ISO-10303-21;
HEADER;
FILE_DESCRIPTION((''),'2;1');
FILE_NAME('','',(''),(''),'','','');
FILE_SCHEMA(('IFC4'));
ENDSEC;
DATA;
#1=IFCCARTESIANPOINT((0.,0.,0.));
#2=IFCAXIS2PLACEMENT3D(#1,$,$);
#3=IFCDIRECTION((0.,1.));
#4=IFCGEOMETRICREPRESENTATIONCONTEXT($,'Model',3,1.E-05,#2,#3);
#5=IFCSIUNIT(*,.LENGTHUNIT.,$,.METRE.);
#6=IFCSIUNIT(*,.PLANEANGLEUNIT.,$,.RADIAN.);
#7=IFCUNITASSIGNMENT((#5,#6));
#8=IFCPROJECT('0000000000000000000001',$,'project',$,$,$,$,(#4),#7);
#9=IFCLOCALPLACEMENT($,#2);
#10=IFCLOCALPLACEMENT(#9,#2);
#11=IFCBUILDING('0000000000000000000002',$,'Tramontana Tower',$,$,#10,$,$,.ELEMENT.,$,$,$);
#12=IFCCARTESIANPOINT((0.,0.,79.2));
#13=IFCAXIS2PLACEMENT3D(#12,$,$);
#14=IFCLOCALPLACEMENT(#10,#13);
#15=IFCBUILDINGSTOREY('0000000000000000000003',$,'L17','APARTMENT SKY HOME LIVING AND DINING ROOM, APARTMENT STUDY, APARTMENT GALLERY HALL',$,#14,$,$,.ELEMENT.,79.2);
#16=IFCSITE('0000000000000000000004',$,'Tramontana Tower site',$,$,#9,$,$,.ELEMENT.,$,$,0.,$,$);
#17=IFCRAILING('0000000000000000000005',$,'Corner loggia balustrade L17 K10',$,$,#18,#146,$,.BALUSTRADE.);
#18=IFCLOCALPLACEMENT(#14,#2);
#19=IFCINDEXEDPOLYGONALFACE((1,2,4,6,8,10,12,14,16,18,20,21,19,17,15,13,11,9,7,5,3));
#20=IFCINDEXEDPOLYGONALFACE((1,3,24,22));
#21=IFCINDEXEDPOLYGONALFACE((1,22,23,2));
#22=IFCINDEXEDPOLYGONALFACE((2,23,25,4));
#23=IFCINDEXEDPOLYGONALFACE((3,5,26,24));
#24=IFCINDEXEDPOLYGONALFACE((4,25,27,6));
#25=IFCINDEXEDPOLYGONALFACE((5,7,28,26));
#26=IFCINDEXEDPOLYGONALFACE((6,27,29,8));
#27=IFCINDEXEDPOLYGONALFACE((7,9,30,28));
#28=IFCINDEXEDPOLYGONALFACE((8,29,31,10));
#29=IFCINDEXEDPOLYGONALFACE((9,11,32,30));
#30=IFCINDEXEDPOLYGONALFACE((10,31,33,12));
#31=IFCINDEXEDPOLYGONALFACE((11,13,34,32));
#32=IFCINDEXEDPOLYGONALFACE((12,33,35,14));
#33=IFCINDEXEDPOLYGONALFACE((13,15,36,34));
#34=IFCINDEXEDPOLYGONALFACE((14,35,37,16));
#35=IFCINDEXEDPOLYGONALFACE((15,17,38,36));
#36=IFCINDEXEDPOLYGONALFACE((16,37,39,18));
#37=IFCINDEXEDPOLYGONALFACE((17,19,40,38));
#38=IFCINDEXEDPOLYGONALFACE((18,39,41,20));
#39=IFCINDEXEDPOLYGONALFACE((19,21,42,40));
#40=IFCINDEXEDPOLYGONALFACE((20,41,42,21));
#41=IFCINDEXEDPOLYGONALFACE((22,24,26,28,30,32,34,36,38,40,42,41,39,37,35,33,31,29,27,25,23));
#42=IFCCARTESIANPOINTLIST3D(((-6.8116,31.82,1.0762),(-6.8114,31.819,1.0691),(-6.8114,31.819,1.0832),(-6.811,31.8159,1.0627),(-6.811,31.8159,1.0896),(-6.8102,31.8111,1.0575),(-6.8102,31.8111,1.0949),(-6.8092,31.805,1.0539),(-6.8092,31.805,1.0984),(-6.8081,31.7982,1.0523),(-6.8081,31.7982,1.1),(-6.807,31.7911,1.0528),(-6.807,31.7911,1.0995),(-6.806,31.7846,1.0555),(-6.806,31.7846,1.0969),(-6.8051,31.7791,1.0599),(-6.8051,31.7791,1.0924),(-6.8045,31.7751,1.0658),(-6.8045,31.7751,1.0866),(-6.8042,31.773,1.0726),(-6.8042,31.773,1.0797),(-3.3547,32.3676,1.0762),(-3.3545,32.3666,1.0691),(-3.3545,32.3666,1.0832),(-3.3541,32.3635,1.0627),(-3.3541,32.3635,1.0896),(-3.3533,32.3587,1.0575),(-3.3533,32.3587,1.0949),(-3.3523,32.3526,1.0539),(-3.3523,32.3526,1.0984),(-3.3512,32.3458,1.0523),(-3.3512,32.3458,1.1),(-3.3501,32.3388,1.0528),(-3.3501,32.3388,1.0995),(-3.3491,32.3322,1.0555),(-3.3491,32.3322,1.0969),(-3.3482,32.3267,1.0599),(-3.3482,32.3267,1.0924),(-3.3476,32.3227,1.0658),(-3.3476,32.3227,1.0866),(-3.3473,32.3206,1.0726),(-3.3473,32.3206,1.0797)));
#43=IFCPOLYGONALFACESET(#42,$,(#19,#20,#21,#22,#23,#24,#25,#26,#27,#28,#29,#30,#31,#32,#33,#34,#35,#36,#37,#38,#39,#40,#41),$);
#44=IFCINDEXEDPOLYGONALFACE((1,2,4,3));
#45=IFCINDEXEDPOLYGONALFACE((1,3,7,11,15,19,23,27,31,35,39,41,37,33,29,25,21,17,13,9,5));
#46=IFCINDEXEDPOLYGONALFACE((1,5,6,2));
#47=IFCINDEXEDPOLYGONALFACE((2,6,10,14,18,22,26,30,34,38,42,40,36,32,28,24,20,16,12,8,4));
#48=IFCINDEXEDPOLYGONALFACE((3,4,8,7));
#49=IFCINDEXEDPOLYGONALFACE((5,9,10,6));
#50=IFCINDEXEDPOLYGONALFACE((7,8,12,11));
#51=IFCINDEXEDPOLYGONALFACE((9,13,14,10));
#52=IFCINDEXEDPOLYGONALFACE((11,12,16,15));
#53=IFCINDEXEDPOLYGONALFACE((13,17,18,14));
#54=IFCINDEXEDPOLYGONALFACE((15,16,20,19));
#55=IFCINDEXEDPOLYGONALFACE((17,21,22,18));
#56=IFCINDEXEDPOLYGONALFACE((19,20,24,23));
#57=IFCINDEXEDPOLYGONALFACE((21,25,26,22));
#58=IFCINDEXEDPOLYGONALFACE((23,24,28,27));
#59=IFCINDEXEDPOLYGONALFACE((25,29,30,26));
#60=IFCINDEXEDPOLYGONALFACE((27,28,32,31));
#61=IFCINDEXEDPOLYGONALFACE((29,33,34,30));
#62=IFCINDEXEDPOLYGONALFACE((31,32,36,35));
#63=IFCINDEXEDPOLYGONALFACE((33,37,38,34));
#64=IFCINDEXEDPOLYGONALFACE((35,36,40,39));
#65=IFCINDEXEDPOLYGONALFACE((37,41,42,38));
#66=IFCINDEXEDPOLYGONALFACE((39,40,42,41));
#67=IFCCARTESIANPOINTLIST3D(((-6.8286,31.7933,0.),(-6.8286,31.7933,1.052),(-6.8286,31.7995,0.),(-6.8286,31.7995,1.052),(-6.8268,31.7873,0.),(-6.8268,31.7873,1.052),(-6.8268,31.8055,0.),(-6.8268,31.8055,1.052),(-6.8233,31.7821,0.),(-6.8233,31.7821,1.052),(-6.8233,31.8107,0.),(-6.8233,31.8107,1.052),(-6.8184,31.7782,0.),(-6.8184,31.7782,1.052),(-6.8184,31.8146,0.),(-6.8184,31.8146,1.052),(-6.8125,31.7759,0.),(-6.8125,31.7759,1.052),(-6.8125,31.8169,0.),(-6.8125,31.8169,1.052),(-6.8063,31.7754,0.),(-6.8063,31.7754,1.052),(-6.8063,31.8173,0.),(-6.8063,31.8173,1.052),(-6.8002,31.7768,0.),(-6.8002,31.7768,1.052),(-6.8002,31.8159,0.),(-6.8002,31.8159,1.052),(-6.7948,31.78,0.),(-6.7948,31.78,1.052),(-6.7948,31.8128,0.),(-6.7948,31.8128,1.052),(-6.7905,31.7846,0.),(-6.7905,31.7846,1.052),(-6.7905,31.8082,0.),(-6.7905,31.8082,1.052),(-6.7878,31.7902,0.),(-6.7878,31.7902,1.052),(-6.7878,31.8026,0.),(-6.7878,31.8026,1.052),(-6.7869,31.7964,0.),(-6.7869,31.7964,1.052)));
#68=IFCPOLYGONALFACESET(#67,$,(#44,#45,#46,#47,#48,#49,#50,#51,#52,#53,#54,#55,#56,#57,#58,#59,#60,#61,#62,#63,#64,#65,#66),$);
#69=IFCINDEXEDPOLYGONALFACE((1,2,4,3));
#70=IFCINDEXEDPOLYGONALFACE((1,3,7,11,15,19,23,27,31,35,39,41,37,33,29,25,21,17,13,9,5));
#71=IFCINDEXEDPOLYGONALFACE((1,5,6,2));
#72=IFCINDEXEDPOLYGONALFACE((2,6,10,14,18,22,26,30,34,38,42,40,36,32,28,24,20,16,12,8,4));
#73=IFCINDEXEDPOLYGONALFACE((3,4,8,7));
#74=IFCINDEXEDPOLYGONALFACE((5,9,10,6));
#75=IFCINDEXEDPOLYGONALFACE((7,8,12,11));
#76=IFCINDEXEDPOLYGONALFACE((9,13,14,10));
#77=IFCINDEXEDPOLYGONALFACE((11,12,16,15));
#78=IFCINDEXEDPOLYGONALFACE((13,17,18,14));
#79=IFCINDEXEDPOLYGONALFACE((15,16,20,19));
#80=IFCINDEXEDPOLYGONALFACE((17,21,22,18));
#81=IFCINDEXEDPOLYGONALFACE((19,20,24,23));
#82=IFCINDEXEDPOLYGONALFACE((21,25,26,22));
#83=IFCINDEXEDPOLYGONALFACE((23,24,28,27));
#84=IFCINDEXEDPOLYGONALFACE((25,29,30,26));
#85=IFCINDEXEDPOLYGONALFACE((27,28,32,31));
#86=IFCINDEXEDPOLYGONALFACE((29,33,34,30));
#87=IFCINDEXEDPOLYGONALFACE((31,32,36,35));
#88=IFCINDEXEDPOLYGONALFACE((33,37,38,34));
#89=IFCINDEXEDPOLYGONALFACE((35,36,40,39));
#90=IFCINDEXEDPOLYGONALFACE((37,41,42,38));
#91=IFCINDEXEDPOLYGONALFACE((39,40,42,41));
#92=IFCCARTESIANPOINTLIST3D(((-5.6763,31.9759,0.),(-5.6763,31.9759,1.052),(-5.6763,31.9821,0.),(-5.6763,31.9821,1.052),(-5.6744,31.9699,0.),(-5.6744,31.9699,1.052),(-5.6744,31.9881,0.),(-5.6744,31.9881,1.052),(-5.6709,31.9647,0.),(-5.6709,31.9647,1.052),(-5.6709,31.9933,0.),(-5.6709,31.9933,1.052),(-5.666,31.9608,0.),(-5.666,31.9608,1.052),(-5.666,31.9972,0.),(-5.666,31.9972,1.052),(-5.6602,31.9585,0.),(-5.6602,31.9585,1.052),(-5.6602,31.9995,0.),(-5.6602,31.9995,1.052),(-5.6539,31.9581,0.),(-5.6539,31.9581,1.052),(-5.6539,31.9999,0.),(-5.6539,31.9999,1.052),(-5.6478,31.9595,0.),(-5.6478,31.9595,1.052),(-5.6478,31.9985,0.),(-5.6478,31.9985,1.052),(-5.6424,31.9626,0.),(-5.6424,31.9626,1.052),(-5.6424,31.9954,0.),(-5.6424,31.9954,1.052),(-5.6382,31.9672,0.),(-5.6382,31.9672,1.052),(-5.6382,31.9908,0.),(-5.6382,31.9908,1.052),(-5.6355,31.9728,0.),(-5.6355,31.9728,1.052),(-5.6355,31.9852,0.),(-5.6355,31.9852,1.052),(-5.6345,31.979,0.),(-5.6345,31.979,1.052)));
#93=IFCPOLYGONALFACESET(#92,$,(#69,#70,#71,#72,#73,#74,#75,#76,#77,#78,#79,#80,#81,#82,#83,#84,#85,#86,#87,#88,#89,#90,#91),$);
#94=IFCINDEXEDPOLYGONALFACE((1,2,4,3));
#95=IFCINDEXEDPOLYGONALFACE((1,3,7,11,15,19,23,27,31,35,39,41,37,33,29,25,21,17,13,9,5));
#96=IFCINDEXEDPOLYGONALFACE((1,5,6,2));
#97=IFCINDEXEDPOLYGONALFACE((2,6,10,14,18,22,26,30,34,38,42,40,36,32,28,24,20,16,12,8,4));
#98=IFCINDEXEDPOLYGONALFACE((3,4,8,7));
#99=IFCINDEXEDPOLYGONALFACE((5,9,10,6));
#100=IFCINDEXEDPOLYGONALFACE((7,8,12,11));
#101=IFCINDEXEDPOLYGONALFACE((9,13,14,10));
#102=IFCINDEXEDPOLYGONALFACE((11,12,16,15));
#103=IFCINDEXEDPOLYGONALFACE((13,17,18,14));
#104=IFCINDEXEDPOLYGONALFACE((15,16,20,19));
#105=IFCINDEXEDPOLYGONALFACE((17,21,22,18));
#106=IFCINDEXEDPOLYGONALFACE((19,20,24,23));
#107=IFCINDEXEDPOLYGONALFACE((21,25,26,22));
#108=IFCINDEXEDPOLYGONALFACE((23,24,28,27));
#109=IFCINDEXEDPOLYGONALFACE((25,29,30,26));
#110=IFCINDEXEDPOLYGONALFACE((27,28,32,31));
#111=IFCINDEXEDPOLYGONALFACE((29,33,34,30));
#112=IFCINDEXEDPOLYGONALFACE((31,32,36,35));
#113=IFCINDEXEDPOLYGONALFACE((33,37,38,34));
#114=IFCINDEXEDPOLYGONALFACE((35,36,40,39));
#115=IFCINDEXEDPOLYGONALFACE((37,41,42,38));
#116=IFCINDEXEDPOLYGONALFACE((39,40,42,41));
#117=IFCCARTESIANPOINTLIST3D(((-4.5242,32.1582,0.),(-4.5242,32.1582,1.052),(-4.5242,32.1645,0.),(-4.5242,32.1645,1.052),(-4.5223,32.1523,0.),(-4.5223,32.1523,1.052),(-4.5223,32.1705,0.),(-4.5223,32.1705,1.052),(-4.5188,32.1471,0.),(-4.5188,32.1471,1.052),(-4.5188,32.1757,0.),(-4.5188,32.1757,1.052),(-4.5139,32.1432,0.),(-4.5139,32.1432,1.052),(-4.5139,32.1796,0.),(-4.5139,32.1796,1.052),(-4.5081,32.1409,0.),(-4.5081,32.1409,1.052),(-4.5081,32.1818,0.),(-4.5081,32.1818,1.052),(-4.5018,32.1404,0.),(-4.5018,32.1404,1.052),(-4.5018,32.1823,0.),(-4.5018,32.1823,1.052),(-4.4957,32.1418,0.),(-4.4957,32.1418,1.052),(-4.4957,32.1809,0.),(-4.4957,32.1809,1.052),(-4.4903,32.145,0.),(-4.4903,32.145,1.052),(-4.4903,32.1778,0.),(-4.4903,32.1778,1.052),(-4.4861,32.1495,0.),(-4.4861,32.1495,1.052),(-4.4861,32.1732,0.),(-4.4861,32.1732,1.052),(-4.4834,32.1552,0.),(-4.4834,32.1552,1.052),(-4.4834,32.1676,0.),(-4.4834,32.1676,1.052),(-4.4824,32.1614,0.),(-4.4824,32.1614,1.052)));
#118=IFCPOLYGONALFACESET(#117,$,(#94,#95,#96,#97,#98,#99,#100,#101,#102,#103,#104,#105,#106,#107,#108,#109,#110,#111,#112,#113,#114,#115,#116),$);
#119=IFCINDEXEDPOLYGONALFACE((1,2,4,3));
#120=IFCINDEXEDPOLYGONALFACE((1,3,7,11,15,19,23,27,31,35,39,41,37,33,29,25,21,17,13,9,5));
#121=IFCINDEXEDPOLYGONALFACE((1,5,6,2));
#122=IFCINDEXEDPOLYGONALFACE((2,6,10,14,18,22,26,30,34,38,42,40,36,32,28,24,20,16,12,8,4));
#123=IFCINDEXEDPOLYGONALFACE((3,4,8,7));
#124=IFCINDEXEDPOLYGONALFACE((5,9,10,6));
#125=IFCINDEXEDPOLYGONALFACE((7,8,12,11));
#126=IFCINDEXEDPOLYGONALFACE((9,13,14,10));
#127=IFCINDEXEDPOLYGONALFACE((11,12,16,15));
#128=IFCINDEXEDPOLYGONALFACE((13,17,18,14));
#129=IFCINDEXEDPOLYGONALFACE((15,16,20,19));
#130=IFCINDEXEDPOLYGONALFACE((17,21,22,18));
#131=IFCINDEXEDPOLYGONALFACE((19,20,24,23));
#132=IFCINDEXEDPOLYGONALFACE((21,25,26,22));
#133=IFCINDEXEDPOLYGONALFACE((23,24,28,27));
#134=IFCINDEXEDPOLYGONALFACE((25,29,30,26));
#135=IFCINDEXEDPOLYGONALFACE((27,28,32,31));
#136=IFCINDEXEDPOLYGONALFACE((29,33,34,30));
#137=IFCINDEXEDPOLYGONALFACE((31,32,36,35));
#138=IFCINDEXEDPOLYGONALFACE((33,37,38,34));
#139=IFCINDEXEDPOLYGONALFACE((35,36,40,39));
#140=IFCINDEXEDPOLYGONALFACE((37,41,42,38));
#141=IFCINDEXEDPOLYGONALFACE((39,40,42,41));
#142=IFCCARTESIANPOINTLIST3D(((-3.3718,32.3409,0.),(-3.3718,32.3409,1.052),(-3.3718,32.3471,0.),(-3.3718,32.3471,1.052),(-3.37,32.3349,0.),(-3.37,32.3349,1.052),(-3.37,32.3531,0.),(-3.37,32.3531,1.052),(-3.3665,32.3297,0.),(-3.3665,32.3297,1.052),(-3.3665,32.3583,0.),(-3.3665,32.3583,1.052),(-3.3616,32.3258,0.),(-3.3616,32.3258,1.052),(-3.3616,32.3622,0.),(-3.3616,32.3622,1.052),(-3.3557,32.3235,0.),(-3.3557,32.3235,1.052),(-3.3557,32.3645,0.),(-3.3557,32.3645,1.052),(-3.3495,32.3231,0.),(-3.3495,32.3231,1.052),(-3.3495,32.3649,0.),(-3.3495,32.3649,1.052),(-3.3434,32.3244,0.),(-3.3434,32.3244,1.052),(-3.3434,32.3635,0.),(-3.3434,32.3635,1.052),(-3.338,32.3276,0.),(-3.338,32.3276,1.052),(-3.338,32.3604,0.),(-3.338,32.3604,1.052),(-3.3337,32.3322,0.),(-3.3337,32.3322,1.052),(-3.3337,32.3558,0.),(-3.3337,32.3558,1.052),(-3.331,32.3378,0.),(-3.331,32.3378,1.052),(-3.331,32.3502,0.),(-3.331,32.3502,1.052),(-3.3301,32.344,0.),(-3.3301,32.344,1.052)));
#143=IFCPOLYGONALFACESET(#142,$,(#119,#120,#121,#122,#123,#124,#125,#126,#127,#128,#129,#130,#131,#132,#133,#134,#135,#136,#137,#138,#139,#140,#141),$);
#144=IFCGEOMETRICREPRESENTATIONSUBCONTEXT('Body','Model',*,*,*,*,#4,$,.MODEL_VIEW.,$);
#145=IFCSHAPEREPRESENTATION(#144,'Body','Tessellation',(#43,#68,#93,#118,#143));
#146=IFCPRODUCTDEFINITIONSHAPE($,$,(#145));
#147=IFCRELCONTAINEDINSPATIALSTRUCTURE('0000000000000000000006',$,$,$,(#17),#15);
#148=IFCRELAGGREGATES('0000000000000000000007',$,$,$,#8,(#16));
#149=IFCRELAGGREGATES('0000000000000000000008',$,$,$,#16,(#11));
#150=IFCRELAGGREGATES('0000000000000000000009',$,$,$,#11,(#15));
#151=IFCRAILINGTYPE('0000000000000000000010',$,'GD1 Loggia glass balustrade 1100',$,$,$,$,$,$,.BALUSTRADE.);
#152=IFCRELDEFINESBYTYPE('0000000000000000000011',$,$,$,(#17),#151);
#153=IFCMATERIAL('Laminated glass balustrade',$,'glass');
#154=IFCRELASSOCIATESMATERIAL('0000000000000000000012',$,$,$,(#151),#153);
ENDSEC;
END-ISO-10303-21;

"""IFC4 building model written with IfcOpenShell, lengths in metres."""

from ifc_helpers import new_model, si_unit, direction, frame, origin, origin_2d, place, context, subcontext, project, spatial, circle, extrude, material, type_object, element, save


model = new_model("IFC4")

# Units and contexts
model_context = context("Model", 3, precision=1e-05, world=origin(), true_north=direction((0.0, 1.0)))
body_context = subcontext(model_context, "Body", "Model", "MODEL_VIEW")
ifc_project = project(units=[si_unit("LENGTHUNIT", "METRE"), si_unit("PLANEANGLEUNIT", "RADIAN")], contexts=[model_context])

# Site, building, storey
site_placement = place(None, origin())
site = spatial("IfcSite", under=ifc_project, at=site_placement, Name="Tramontana Tower site", CompositionType="ELEMENT", RefElevation=0.0)
building_placement = place(site_placement, origin())
building = spatial("IfcBuilding", under=site, at=building_placement, Name="Tramontana Tower", CompositionType="ELEMENT")
storey_placement = place(building_placement, frame((0.0, 0.0, 79.2)))
storey = spatial("IfcBuildingStorey", under=building, at=storey_placement, Name="L17", Description="APARTMENT SKY HOME LIVING AND DINING ROOM, APARTMENT STUDY, APARTMENT GALLERY HALL", CompositionType="ELEMENT", Elevation=79.2)

# Railing
ifc_material_1 = material(Name="Laminated glass balustrade", Category="glass")
railing_type = type_object("IfcRailingType", Name="GD1 Loggia glass balustrade 1100", PredefinedType="BALUSTRADE", material=ifc_material_1)
railing_placement = place(storey_placement, frame((-6.8079, 31.7964, 0.0)))
element("IfcRailing", 1, at=railing_placement, inside=storey, type_object=railing_type, Name="Corner loggia balustrade L17 K10", PredefinedType="BALUSTRADE", context=body_context, shape_type="SweptSolid", body=[
    extrude(circle(Radius=0.0239, at=origin_2d()), frame((0.0, 0.0, 1.0762), z_axis=(0.987684, 0.156464, 0.0), x_axis=(-0.156464, 0.987684, 0.0)), (0.0, 0.0, 1.0), 3.5),
    extrude(circle(Radius=0.021, at=origin_2d()), origin(), (0.0, 0.0, 1.0), 1.052),
    extrude(circle(Radius=0.021, at=origin_2d()), frame((1.1523, 0.1826, 0.0)), (0.0, 0.0, 1.0), 1.052),
    extrude(circle(Radius=0.021, at=origin_2d()), frame((2.3044, 0.365, 0.0)), (0.0, 0.0, 1.0), 1.052),
    extrude(circle(Radius=0.021, at=origin_2d()), frame((3.4568, 0.5476, 0.0)), (0.0, 0.0, 1.0), 1.052),
])

save(model, "model.ifc")
